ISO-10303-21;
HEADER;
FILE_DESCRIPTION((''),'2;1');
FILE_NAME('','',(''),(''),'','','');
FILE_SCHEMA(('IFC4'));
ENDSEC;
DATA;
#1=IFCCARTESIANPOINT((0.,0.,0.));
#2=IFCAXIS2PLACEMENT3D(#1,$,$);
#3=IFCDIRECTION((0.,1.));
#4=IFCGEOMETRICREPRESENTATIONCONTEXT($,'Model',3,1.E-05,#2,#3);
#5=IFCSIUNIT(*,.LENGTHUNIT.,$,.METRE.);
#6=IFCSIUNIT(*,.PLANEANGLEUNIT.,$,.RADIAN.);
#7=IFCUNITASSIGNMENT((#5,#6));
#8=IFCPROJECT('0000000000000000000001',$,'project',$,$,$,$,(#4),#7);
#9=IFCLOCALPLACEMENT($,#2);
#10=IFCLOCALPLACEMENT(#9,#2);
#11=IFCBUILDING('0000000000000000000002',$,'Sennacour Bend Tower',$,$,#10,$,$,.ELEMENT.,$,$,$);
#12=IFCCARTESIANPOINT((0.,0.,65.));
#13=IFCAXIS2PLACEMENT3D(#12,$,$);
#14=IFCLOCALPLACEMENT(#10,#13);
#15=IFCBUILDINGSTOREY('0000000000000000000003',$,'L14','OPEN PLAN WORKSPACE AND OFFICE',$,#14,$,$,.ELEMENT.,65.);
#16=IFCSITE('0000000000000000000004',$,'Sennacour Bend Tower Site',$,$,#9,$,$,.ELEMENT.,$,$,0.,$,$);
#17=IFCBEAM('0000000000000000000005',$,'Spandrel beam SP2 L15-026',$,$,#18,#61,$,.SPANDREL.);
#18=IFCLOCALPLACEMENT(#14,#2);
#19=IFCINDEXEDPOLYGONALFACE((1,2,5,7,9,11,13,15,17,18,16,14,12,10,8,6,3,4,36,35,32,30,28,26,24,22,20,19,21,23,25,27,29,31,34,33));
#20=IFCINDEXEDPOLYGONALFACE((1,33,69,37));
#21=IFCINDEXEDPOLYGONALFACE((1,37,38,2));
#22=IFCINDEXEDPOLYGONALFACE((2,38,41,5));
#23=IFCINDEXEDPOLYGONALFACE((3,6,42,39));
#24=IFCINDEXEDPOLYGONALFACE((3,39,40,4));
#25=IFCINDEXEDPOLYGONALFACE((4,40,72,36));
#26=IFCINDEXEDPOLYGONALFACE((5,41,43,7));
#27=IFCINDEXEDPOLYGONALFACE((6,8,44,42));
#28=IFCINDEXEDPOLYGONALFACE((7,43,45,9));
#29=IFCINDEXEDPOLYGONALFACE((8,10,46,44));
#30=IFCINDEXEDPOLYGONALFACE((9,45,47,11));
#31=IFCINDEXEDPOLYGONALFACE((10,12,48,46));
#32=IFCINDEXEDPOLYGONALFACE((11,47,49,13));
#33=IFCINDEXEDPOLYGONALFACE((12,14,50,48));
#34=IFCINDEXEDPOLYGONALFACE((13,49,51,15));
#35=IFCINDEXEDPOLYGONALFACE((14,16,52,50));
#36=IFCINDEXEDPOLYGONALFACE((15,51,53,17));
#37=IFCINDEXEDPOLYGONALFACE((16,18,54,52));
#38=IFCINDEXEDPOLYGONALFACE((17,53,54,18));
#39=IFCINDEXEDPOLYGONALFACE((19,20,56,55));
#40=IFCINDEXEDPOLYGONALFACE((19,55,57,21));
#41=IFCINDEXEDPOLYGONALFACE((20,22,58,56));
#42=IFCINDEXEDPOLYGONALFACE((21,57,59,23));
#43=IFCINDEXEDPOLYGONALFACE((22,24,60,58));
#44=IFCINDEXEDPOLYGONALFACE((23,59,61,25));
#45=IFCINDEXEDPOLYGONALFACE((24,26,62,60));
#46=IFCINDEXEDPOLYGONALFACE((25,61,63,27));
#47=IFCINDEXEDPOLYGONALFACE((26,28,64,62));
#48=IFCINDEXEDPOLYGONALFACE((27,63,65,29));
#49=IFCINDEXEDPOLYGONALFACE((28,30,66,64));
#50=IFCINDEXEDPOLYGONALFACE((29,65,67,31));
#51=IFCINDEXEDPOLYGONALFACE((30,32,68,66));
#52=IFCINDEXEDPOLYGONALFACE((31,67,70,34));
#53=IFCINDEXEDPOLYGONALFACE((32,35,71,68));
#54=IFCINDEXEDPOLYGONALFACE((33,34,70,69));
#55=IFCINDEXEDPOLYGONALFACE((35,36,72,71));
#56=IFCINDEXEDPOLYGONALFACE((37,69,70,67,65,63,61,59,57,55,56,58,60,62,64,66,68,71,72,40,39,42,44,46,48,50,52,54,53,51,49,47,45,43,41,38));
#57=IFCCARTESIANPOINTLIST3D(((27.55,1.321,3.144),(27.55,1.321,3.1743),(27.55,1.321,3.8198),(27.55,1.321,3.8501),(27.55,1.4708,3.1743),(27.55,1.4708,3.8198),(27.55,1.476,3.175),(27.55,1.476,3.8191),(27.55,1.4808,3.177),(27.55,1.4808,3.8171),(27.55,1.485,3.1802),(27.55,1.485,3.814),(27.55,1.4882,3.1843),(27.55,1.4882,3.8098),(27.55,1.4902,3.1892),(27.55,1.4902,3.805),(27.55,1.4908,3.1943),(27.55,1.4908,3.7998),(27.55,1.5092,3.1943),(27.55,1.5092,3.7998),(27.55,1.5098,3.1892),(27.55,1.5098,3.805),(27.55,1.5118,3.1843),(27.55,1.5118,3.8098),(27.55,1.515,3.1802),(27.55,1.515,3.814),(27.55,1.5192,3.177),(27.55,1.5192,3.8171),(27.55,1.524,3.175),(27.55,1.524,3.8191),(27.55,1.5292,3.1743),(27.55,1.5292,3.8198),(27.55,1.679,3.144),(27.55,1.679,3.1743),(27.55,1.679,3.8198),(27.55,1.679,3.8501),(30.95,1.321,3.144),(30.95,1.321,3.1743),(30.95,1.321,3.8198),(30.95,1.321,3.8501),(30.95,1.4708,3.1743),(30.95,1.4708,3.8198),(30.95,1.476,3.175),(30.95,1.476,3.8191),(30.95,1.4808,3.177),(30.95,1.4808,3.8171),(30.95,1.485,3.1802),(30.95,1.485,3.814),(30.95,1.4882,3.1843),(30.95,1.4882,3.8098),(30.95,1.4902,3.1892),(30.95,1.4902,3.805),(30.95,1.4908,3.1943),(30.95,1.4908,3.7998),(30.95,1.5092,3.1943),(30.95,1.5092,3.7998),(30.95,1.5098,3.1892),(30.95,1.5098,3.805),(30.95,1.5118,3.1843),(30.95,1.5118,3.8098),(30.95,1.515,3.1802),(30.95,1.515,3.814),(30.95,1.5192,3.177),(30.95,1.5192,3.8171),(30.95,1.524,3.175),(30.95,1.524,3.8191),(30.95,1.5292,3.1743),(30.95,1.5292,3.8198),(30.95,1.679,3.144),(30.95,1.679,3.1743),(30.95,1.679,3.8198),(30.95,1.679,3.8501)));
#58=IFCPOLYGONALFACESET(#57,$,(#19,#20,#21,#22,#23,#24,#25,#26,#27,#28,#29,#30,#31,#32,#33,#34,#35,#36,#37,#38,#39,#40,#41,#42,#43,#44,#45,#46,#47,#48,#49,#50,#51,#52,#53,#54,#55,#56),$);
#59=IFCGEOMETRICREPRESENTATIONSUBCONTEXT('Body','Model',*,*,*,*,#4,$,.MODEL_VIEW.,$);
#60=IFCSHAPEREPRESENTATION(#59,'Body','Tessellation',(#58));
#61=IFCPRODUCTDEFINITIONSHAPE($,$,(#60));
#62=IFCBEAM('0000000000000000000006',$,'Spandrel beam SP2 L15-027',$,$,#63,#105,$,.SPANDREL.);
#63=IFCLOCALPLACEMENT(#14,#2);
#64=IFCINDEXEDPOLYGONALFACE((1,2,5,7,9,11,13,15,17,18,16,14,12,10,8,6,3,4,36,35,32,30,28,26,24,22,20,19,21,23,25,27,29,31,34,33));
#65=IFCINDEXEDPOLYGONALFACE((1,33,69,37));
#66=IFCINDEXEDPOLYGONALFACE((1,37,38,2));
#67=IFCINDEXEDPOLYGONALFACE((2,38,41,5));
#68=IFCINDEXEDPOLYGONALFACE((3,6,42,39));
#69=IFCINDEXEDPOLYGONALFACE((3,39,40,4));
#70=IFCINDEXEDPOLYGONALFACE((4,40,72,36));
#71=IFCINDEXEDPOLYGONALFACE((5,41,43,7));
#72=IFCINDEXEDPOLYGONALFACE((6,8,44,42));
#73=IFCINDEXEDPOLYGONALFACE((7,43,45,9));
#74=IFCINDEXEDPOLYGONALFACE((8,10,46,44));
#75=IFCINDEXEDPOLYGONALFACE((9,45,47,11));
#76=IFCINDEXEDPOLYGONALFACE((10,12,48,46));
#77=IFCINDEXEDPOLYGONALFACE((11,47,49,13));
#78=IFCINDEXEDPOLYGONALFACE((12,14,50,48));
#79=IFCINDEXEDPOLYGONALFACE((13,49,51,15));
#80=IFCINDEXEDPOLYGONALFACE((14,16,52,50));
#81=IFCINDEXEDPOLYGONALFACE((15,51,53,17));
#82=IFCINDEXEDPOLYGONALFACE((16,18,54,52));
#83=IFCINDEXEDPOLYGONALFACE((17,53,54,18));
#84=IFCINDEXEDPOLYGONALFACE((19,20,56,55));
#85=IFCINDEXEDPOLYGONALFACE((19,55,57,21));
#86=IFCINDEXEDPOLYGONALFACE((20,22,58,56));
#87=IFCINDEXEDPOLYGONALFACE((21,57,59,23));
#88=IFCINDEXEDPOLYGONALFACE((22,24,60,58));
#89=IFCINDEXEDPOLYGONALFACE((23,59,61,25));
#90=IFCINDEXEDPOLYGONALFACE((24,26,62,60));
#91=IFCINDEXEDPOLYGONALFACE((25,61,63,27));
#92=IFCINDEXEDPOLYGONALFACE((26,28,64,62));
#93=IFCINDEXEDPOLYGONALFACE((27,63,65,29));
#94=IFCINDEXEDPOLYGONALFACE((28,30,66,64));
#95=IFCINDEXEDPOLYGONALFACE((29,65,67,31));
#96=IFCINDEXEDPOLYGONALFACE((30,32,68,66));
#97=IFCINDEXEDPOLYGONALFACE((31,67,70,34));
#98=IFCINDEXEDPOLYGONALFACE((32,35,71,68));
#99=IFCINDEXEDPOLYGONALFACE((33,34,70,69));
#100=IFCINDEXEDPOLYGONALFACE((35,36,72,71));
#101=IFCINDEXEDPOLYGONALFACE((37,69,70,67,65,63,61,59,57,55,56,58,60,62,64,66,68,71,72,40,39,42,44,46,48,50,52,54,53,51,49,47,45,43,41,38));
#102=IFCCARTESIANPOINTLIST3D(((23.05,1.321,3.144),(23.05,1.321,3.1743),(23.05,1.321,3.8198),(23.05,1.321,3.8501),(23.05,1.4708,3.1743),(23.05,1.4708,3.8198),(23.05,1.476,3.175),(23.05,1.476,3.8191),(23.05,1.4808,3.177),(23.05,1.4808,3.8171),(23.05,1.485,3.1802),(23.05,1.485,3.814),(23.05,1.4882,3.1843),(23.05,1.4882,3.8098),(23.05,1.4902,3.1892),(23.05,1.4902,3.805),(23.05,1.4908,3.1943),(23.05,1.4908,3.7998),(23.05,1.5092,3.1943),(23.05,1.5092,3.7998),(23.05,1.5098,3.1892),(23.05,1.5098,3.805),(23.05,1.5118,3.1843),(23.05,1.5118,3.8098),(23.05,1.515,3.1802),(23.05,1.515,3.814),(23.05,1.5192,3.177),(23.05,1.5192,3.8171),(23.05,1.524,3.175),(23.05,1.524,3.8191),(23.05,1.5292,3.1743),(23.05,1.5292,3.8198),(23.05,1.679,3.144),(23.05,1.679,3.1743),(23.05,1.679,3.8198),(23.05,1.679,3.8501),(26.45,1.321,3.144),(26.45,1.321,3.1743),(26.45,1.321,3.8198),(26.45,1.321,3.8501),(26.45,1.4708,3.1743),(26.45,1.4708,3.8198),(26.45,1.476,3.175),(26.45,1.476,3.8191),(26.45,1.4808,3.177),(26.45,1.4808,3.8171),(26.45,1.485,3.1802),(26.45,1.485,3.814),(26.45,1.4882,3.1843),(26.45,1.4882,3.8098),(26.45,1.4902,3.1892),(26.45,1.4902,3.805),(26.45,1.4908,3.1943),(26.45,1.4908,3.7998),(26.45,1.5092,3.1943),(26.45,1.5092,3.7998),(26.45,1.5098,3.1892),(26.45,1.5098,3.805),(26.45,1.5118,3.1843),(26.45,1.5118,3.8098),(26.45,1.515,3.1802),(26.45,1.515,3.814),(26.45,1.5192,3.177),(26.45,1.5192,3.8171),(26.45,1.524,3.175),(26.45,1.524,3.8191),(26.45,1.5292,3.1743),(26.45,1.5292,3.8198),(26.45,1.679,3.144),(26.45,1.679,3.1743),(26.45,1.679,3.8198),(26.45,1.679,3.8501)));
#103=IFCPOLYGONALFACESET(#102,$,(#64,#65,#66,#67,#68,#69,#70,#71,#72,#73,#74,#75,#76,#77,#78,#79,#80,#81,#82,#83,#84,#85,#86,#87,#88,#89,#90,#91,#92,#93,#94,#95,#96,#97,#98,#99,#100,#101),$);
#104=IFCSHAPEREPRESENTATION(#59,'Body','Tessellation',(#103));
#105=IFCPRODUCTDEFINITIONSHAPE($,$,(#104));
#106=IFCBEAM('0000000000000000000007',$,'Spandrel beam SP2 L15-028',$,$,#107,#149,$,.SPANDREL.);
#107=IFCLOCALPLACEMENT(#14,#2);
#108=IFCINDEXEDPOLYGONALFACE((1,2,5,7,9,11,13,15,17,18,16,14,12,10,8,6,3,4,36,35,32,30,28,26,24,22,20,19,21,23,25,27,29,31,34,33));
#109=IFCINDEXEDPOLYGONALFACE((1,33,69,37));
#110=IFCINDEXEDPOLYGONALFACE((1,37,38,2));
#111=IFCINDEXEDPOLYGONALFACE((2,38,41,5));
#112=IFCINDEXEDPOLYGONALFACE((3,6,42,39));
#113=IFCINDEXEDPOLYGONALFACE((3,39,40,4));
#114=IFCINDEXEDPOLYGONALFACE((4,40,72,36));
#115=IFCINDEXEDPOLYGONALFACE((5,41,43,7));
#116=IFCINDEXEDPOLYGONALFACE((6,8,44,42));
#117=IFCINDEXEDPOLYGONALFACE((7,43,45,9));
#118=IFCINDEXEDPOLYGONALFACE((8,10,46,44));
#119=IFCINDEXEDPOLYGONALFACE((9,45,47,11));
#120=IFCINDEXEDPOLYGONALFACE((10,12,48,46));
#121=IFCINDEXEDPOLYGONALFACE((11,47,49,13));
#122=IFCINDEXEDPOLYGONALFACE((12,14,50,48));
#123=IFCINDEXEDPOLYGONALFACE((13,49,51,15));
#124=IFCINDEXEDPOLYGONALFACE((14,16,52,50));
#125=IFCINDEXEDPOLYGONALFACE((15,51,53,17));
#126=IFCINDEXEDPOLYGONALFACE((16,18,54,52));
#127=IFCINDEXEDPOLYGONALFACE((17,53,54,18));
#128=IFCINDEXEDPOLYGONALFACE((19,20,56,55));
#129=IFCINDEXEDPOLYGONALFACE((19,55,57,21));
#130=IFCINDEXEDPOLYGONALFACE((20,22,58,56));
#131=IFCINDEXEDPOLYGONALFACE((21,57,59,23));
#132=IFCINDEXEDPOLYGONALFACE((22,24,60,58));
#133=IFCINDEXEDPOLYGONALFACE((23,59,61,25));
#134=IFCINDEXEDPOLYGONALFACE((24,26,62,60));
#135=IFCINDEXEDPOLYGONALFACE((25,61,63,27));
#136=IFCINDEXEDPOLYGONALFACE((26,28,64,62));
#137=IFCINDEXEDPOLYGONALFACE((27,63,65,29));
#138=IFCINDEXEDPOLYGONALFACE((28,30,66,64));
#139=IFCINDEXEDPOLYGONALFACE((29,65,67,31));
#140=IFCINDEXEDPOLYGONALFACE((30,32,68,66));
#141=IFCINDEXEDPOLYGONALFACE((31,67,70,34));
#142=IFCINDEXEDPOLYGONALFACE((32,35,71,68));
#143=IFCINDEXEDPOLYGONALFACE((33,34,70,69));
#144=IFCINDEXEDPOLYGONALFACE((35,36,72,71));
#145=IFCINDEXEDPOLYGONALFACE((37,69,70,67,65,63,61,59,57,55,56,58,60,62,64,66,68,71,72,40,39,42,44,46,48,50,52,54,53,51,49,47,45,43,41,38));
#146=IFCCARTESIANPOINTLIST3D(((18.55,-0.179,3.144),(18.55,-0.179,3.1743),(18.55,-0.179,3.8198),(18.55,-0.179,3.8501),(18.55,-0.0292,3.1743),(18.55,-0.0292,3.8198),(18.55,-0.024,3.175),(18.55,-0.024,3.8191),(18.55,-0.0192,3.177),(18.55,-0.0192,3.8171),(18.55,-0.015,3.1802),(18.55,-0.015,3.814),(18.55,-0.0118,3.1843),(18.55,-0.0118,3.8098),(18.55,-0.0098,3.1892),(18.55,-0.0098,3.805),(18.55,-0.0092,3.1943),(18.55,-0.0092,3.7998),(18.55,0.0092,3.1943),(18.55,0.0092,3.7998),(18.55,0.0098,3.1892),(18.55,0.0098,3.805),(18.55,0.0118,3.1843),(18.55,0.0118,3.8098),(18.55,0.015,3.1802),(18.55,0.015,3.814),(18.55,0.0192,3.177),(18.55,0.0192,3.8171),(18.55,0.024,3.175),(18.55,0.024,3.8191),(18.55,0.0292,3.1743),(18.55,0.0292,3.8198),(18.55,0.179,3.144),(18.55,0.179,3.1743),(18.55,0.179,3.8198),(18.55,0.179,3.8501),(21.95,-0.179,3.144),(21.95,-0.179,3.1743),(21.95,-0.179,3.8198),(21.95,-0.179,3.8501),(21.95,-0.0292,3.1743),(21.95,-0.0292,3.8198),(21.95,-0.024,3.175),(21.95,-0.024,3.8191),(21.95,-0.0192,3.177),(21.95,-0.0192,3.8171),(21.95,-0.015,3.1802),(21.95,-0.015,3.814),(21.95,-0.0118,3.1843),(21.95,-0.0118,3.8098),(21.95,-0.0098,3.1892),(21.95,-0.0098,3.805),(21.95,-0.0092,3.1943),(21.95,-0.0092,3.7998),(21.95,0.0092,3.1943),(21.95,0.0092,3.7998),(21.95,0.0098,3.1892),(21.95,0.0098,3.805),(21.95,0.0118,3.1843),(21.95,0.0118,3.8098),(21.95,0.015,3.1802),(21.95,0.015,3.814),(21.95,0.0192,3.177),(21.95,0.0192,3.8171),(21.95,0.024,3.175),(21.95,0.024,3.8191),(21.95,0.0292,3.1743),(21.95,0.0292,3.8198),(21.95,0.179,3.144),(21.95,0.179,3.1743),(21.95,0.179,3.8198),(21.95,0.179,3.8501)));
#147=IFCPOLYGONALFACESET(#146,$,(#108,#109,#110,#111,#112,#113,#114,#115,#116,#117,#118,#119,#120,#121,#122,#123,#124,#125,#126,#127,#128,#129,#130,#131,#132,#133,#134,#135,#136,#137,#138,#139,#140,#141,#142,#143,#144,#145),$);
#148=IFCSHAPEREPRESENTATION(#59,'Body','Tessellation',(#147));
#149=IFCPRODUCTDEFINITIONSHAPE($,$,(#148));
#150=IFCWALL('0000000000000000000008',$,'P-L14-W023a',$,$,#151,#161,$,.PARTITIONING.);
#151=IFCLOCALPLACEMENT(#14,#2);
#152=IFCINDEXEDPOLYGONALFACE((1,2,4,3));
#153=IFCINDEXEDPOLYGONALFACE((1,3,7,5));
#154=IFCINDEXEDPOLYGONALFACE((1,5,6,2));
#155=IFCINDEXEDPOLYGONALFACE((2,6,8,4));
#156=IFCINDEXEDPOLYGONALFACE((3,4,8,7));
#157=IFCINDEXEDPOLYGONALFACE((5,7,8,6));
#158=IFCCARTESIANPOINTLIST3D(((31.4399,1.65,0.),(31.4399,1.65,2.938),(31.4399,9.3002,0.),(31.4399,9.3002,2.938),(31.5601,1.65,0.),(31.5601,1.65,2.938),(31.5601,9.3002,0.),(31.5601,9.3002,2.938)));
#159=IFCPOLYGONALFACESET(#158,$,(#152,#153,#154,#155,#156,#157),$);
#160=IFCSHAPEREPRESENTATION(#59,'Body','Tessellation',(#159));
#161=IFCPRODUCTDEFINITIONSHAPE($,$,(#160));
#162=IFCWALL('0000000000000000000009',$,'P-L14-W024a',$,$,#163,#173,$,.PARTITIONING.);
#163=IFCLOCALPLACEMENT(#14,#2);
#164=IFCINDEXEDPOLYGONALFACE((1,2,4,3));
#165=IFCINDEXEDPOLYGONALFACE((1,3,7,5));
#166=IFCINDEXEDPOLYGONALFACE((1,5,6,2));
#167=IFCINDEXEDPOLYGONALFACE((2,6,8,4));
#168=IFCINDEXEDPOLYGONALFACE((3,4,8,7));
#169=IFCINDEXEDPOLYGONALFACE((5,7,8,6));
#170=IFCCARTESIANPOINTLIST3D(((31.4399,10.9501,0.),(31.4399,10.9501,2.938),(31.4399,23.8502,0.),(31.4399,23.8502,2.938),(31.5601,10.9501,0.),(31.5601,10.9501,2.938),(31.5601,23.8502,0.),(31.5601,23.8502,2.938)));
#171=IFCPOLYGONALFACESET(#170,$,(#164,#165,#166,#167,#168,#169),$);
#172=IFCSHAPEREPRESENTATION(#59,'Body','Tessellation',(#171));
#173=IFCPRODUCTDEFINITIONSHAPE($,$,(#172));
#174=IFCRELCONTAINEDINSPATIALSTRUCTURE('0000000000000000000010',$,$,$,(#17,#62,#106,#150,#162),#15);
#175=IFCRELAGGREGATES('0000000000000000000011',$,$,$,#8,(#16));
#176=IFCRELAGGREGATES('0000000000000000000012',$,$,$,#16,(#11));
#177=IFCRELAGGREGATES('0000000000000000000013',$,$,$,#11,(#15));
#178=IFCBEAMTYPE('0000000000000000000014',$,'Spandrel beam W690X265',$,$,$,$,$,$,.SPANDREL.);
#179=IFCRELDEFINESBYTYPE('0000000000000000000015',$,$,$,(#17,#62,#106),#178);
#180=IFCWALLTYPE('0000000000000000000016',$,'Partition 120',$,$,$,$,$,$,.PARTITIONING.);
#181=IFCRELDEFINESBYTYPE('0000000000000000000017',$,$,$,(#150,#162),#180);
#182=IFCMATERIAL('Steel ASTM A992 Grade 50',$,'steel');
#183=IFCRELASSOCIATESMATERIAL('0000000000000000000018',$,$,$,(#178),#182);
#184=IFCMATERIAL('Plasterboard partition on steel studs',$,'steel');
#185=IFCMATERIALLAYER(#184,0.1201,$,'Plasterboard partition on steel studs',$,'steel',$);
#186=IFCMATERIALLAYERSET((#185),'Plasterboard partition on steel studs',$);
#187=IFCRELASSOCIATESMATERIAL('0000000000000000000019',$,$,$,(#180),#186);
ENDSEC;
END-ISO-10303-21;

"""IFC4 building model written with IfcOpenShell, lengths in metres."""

from ifc_helpers import new_model, si_unit, direction, frame, frame_2d, origin, origin_2d, place, context, subcontext, project, spatial, rectangle, i_section, extrude, material, layer, layer_set, material_profile, profile_set, type_object, element, save


model = new_model("IFC4")

# Units and contexts
model_context = context("Model", 3, precision=1e-05, world=origin(), true_north=direction((0.0, 1.0)))
body_context = subcontext(model_context, "Body", "Model", "MODEL_VIEW")
ifc_project = project(units=[si_unit("LENGTHUNIT", "METRE"), si_unit("PLANEANGLEUNIT", "RADIAN")], contexts=[model_context])

# Site, building, storey
site_placement = place(None, origin())
site = spatial("IfcSite", under=ifc_project, at=site_placement, Name="Sennacour Bend Tower Site", CompositionType="ELEMENT", RefElevation=0.0)
building_placement = place(site_placement, origin())
building = spatial("IfcBuilding", under=site, at=building_placement, Name="Sennacour Bend Tower", CompositionType="ELEMENT")
storey_placement = place(building_placement, frame((0.0, 0.0, 65.0)))
storey = spatial("IfcBuildingStorey", under=building, at=storey_placement, Name="L14", Description="OPEN PLAN WORKSPACE AND OFFICE", CompositionType="ELEMENT", Elevation=65.0)

# Beams
ifc_material_1 = material(Name="Steel ASTM A992 Grade 50", Category="steel")
ifc_material_profile_1 = material_profile(ifc_material_1, i_section(OverallWidth=0.3579, OverallDepth=0.7061, WebThickness=0.0183, FlangeThickness=0.0303, FilletRadius=0.02, at=origin_2d()), Name="Steel ASTM A992 Grade 50", Category="steel")
ifc_profile_set_1 = profile_set([ifc_material_profile_1], Name="Steel ASTM A992 Grade 50")
beam_type_1 = type_object("IfcBeamType", Name="Spandrel beam W690X265", PredefinedType="SPANDREL", material=ifc_profile_set_1)
for number, where, z_axis, x_axis, name in (
    (1, (30.95, 1.5, 3.4971), (-1.0, 0.0, 0.0), (0.0, -1.0, 0.0), "Spandrel beam SP2 L15-026"),
    (2, (26.45, 1.5, 3.4971), (-1.0, 0.0, 0.0), (0.0, -1.0, 0.0), "Spandrel beam SP2 L15-027"),
    (3, (21.95, 0.0, 3.4971), (-1.0, 0.0, 0.0), (0.0, -1.0, 0.0), "Spandrel beam SP2 L15-028"),
):
    element("IfcBeam", number, at=place(storey_placement, frame(where, z_axis=z_axis, x_axis=x_axis)), inside=storey, type_object=beam_type_1, Name=name, PredefinedType="SPANDREL", context=body_context, shape_type="SweptSolid", body=[
        extrude(i_section(OverallWidth=0.3579, OverallDepth=0.7061, WebThickness=0.0183, FlangeThickness=0.0303, FilletRadius=0.02, at=origin_2d()), origin(), (0.0, 0.0, 1.0), 3.3999),
    ])

# Walls
ifc_material_2 = material(Name="Plasterboard partition on steel studs", Category="steel")
ifc_layer_1 = layer(ifc_material_2, 0.1201, Name="Plasterboard partition on steel studs", Category="steel")
ifc_layer_set_1 = layer_set([ifc_layer_1], Name="Plasterboard partition on steel studs")
wall_type_1 = type_object("IfcWallType", Name="Partition 120", PredefinedType="PARTITIONING", material=ifc_layer_set_1)
wall_1_placement = place(storey_placement, frame((31.5, 1.6499, 0.0), z_axis=(0.0, 0.0, 1.0), x_axis=(0.0, 1.0, 0.0)))
element("IfcWall", 4, at=wall_1_placement, inside=storey, type_object=wall_type_1, Name="P-L14-W023a", PredefinedType="PARTITIONING", context=body_context, shape_type="SweptSolid", body=[
    extrude(rectangle(XDim=7.6501, YDim=0.1201, at=frame_2d((3.8252, 0.0))), origin(), (0.0, 0.0, 1.0), 2.938),
])
wall_2_placement = place(storey_placement, frame((31.5, 10.95, 0.0), z_axis=(0.0, 0.0, 1.0), x_axis=(0.0, 1.0, 0.0)))
element("IfcWall", 5, at=wall_2_placement, inside=storey, type_object=wall_type_1, Name="P-L14-W024a", PredefinedType="PARTITIONING", context=body_context, shape_type="SweptSolid", body=[
    extrude(rectangle(XDim=12.9001, YDim=0.1201, at=frame_2d((6.4502, 0.0))), origin(), (0.0, 0.0, 1.0), 2.938),
])

save(model, "model.ifc")
